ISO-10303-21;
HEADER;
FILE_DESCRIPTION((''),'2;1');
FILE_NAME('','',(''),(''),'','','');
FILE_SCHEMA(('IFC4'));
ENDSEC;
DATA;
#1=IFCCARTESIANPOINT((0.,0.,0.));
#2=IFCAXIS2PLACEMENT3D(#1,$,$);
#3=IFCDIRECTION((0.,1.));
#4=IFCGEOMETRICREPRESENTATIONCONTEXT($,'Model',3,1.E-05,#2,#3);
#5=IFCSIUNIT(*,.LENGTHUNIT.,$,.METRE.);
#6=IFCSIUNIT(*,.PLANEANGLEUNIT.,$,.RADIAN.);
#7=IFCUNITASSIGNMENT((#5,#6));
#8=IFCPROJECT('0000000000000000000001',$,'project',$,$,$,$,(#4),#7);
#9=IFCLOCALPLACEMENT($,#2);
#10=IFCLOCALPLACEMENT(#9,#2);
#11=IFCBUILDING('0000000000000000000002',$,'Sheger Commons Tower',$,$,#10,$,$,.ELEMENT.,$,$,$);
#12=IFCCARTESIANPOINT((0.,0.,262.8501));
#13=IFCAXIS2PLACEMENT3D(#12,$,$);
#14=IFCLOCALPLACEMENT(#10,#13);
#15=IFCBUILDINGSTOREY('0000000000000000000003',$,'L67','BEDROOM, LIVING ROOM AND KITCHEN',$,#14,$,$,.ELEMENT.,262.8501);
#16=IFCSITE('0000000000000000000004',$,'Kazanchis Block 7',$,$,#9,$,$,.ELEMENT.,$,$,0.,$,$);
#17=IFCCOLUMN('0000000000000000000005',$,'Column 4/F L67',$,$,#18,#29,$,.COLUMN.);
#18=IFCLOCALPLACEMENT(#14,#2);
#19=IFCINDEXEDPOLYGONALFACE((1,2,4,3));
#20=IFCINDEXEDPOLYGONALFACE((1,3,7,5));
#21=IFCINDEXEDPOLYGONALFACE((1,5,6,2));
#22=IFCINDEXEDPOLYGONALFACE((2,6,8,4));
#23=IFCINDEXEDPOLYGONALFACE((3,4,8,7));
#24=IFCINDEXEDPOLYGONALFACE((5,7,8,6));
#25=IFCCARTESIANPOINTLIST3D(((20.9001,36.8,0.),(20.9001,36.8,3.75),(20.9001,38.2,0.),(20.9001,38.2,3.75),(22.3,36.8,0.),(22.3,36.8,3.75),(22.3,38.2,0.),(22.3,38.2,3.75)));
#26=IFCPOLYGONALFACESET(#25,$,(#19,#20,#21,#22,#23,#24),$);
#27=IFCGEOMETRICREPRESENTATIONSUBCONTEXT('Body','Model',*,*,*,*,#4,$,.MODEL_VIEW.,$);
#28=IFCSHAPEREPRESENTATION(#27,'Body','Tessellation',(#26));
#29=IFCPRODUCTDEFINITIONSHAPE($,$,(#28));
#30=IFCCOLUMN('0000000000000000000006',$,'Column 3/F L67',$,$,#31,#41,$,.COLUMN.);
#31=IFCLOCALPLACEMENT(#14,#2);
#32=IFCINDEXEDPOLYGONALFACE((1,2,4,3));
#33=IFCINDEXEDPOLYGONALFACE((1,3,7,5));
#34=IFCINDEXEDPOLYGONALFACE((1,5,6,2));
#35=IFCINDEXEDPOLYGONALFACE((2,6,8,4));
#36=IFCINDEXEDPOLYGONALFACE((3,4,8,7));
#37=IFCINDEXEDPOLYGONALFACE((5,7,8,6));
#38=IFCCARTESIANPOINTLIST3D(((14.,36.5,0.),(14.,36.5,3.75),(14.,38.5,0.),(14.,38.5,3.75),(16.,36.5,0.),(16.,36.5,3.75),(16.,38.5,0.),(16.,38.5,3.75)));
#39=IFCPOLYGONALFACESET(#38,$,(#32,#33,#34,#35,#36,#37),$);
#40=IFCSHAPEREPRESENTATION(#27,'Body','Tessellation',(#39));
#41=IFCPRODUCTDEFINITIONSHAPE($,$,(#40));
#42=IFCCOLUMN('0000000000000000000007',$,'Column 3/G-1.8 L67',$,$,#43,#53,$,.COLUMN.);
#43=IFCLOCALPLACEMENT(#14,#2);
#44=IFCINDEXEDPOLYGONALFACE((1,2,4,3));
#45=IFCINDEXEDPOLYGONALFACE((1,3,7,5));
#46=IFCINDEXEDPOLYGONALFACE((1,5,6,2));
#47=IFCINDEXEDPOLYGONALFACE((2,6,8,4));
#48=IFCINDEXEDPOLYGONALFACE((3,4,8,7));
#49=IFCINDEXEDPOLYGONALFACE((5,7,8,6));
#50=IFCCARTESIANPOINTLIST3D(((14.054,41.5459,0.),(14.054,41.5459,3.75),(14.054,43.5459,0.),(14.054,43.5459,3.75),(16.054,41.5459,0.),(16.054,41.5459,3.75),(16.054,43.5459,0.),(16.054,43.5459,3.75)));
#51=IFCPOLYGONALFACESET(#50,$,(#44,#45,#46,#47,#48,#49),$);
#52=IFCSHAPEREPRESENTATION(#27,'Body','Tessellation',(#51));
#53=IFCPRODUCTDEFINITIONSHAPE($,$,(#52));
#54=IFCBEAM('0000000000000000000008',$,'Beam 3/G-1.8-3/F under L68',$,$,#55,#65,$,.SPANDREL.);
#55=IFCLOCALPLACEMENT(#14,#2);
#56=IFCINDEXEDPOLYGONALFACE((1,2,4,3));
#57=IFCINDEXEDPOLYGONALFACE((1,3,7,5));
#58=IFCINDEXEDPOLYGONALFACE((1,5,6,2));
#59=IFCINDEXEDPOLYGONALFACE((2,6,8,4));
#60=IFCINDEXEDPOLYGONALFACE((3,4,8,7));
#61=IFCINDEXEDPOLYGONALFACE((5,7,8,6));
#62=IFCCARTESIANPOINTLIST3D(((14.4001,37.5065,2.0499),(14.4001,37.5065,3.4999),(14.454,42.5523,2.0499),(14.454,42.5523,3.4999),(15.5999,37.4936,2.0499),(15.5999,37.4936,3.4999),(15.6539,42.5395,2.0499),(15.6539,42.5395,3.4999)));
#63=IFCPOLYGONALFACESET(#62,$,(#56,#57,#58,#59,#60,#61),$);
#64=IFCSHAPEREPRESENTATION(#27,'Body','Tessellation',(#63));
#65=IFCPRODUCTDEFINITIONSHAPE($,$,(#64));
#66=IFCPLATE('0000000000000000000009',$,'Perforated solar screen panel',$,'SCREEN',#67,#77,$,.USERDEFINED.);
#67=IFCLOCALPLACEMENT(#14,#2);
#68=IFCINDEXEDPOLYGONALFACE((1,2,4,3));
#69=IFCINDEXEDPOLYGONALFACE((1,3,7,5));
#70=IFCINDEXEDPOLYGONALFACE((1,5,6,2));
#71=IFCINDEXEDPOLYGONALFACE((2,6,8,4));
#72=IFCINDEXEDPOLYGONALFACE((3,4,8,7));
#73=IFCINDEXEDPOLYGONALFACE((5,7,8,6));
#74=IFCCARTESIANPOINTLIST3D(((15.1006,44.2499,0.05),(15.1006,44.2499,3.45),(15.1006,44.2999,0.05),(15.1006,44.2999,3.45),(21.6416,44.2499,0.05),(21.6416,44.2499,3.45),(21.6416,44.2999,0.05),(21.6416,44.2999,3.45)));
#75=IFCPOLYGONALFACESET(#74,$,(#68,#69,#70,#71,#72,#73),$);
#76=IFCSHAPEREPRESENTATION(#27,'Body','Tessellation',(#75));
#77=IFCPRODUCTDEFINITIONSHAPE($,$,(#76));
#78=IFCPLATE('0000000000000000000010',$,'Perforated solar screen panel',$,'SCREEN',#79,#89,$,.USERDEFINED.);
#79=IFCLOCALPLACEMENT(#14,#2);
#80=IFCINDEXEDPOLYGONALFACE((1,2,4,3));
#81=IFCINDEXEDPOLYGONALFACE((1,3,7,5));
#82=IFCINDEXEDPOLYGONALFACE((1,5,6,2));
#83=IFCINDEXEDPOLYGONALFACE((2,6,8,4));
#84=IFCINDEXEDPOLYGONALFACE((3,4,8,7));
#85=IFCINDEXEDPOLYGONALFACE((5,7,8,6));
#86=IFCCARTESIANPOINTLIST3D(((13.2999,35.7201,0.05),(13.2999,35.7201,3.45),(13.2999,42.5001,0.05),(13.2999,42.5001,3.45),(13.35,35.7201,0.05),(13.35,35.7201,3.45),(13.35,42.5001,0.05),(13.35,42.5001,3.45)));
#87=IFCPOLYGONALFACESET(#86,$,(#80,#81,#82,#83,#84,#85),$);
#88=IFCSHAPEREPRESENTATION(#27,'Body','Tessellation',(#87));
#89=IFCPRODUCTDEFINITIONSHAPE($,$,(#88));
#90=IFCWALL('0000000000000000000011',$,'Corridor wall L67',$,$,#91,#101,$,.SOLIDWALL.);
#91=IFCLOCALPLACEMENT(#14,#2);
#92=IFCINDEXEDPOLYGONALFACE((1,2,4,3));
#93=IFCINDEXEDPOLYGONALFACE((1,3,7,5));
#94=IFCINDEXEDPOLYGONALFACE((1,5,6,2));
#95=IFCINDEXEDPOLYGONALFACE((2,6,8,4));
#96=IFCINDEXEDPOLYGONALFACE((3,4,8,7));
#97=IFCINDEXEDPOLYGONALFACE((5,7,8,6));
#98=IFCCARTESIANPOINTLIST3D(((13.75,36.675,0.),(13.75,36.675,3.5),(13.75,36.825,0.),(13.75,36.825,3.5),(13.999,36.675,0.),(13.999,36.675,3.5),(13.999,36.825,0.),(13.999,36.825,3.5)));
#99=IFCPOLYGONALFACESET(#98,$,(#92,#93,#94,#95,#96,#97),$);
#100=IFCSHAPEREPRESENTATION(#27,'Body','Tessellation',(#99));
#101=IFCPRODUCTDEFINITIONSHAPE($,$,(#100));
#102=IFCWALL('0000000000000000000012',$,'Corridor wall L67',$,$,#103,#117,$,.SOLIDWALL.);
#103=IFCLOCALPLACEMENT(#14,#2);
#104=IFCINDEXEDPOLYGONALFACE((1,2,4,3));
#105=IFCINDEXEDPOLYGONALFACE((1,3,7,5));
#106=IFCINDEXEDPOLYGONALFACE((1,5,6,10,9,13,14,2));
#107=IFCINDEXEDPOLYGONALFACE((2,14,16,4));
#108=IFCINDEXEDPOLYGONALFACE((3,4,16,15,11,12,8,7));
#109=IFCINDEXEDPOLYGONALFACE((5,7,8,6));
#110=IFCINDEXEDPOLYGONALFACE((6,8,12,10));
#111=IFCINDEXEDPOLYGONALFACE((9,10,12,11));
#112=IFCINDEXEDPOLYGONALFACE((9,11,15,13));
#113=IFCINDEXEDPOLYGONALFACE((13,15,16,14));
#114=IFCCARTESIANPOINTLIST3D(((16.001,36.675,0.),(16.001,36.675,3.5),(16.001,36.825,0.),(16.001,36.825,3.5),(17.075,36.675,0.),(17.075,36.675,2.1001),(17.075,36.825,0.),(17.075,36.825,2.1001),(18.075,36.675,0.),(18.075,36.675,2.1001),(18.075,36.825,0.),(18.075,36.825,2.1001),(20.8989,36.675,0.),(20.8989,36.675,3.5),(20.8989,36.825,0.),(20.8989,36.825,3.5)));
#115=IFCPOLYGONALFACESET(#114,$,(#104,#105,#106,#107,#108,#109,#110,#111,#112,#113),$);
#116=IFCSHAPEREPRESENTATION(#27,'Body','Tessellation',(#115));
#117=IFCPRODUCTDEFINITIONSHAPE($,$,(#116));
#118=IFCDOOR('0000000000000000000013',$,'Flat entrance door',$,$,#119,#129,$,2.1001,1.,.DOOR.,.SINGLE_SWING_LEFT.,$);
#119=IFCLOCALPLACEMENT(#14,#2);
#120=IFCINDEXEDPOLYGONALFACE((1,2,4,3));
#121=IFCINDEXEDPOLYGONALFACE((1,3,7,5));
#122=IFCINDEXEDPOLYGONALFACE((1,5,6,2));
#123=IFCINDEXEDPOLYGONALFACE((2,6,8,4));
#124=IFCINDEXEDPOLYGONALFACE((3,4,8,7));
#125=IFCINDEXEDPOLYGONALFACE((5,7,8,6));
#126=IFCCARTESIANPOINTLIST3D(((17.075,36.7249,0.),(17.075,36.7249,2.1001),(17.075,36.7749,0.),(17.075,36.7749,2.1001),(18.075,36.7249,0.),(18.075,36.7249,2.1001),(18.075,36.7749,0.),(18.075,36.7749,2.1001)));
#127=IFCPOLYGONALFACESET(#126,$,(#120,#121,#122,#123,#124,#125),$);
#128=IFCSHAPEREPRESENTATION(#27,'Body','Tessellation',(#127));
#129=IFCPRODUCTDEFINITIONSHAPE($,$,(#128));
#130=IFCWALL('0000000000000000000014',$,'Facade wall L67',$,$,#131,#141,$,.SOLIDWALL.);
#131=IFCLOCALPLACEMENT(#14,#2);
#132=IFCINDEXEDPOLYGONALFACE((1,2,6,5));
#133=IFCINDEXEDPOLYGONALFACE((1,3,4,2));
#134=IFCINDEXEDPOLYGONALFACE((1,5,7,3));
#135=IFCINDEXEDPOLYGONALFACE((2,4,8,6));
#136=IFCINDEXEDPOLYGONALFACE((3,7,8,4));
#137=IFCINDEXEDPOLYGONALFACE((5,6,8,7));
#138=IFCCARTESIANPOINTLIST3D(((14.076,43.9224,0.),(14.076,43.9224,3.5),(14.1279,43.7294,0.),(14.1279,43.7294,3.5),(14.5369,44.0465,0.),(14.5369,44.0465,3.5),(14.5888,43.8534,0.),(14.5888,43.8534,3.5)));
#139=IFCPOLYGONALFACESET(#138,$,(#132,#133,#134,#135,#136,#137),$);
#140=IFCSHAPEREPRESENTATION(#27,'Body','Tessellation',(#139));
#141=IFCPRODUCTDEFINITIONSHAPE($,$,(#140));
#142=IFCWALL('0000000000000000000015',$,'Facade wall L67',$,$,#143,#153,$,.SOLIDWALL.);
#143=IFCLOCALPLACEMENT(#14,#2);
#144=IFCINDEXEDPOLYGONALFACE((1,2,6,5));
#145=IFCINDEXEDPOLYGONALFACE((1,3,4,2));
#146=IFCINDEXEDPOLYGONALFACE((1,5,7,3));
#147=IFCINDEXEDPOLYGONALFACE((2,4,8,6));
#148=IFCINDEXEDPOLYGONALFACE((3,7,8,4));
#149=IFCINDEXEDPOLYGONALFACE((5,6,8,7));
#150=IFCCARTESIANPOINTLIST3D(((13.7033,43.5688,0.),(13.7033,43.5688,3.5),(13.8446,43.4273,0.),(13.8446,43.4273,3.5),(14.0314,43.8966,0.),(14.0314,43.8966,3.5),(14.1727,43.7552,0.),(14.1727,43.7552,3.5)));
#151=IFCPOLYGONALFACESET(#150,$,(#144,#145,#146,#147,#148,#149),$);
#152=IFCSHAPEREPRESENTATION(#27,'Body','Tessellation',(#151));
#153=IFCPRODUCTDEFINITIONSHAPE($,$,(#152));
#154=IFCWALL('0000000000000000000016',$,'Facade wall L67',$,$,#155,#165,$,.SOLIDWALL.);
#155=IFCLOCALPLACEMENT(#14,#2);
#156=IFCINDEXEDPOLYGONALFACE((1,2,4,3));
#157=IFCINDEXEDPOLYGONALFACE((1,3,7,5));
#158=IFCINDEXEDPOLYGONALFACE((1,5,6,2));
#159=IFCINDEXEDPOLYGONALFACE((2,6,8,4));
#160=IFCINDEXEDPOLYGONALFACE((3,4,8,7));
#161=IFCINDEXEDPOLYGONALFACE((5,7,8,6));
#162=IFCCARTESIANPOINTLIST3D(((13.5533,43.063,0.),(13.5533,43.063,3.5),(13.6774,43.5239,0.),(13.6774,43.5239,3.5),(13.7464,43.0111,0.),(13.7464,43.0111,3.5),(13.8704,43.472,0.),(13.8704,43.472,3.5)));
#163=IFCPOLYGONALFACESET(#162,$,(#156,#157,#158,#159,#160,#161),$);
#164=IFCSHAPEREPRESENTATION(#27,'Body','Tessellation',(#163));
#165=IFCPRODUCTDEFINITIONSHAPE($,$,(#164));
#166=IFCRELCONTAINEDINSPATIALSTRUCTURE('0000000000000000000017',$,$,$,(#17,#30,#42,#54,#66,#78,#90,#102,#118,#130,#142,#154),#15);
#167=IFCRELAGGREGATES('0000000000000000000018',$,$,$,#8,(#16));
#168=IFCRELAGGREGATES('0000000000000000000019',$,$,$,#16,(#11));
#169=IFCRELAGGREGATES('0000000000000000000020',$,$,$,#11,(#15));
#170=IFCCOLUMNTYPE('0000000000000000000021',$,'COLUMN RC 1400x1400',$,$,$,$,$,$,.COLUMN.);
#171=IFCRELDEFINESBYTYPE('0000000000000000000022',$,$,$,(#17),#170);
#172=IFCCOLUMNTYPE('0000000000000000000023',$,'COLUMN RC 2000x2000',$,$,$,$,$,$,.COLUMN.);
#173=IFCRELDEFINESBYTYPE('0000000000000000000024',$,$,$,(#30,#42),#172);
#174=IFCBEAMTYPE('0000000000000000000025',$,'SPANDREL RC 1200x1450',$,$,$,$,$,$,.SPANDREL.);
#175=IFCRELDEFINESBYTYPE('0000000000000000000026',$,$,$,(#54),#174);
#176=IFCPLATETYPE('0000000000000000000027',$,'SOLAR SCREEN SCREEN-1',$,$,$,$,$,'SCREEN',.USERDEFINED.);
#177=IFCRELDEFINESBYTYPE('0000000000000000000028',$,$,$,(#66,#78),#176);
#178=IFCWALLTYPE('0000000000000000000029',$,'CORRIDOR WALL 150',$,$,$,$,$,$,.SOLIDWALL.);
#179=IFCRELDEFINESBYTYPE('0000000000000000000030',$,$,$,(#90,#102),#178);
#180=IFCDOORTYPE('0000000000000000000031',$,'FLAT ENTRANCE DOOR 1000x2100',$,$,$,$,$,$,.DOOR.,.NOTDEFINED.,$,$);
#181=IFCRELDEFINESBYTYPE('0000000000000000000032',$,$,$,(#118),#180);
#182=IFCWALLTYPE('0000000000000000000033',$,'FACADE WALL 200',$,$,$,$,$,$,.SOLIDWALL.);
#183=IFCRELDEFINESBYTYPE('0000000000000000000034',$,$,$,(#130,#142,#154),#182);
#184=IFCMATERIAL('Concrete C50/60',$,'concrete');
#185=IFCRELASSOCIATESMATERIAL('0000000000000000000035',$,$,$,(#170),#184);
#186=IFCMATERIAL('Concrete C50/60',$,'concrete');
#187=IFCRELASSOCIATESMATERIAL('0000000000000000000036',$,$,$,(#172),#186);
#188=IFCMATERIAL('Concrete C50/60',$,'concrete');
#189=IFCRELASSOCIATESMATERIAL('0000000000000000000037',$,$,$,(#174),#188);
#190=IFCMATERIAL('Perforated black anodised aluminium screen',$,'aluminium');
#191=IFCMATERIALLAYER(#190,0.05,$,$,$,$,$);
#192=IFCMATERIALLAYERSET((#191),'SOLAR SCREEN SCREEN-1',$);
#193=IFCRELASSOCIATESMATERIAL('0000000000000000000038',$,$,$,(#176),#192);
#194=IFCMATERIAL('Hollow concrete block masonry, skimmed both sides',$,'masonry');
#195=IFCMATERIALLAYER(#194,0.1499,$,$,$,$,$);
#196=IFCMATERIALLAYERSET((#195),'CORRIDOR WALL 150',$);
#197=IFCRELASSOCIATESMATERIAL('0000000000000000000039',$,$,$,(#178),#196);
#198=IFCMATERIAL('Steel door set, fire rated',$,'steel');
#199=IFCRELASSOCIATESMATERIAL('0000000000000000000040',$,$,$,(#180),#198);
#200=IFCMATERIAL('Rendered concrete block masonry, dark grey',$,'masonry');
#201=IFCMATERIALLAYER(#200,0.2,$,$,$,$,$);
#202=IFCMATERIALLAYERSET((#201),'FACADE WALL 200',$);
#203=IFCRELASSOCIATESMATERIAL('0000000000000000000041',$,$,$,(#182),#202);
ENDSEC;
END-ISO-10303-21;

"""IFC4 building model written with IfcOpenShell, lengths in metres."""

from ifc_helpers import new_model, si_unit, direction, frame, frame_2d, origin, origin_2d, place, context, subcontext, project, spatial, rectangle, extrude, material, layer, layer_set, material_profile, profile_set, type_object, element, fill, save


model = new_model("IFC4")

# Units and contexts
model_context = context("Model", 3, precision=1e-05, world=origin(), true_north=direction((0.0, 1.0)))
body_context = subcontext(model_context, "Body", "Model", "MODEL_VIEW")
ifc_project = project(units=[si_unit("LENGTHUNIT", "METRE"), si_unit("PLANEANGLEUNIT", "RADIAN")], contexts=[model_context])

# Site, building, storey
site_placement = place(None, origin())
site = spatial("IfcSite", under=ifc_project, at=site_placement, Name="Kazanchis Block 7", CompositionType="ELEMENT", RefElevation=0.0)
building_placement = place(site_placement, origin())
building = spatial("IfcBuilding", under=site, at=building_placement, Name="Sheger Commons Tower", CompositionType="ELEMENT")
storey_placement = place(building_placement, frame((0.0, 0.0, 262.8501)))
storey = spatial("IfcBuildingStorey", under=building, at=storey_placement, Name="L67", Description="BEDROOM, LIVING ROOM AND KITCHEN", CompositionType="ELEMENT", Elevation=262.8501)

# Columns
ifc_material_1 = material(Name="Concrete C50/60", Category="concrete")
ifc_material_profile_1 = material_profile(ifc_material_1, rectangle(XDim=1.3999, YDim=1.3999, at=origin_2d()), Name="RC 1400x1400")
ifc_profile_set_1 = profile_set([ifc_material_profile_1], Name="Concrete C50/60")
column_type_1 = type_object("IfcColumnType", Name="COLUMN RC 1400x1400", PredefinedType="COLUMN", material=ifc_profile_set_1)
column_placement = place(storey_placement, frame((21.6001, 37.5, 0.0), z_axis=(0.0, 0.0, 1.0), x_axis=(1.0, 0.0, 0.0)))
element("IfcColumn", 1, at=column_placement, inside=storey, type_object=column_type_1, Name="Column 4/F L67", PredefinedType="COLUMN", context=body_context, shape_type="SweptSolid", body=[
    extrude(rectangle(XDim=1.3999, YDim=1.3999, at=origin_2d()), origin(), (0.0, 0.0, 1.0), 3.75),
])
ifc_material_2 = material(Name="Concrete C50/60", Category="concrete")
ifc_material_profile_2 = material_profile(ifc_material_2, rectangle(XDim=2.0, YDim=2.0, at=origin_2d()), Name="RC 2000x2000")
ifc_profile_set_2 = profile_set([ifc_material_profile_2], Name="Concrete C50/60")
column_type_2 = type_object("IfcColumnType", Name="COLUMN RC 2000x2000", PredefinedType="COLUMN", material=ifc_profile_set_2)
for number, where, z_axis, x_axis, name in (
    (2, (15.0, 37.5, 0.0), (0.0, 0.0, 1.0), (1.0, 0.0, 0.0), "Column 3/F L67"),
    (3, (15.054, 42.5459, 0.0), (0.0, 0.0, 1.0), (1.0, 0.0, 0.0), "Column 3/G-1.8 L67"),
):
    element("IfcColumn", number, at=place(storey_placement, frame(where, z_axis=z_axis, x_axis=x_axis)), inside=storey, type_object=column_type_2, Name=name, PredefinedType="COLUMN", context=body_context, shape_type="SweptSolid", body=[
        extrude(rectangle(XDim=2.0, YDim=2.0, at=origin_2d()), origin(), (0.0, 0.0, 1.0), 3.75),
    ])

# Beam
ifc_material_3 = material(Name="Concrete C50/60", Category="concrete")
ifc_material_profile_3 = material_profile(ifc_material_3, rectangle(XDim=1.2, YDim=1.45, at=origin_2d()), Name="RC 1200x1450")
ifc_profile_set_3 = profile_set([ifc_material_profile_3], Name="Concrete C50/60")
beam_type = type_object("IfcBeamType", Name="SPANDREL RC 1200x1450", PredefinedType="SPANDREL", material=ifc_profile_set_3)
beam_placement = place(storey_placement, frame((15.054, 42.5459, 2.7749), z_axis=(-0.010692, -0.999943, 0.0), x_axis=(0.999943, -0.010692, 0.0)))
element("IfcBeam", 4, at=beam_placement, inside=storey, type_object=beam_type, Name="Beam 3/G-1.8-3/F under L68", PredefinedType="SPANDREL", context=body_context, shape_type="SweptSolid", body=[
    extrude(rectangle(XDim=1.2, YDim=1.45, at=origin_2d()), origin(), (0.0, 0.0, 1.0), 5.0461),
])

# Plates
ifc_material_4 = material(Name="Perforated black anodised aluminium screen", Category="aluminium")
ifc_layer_1 = layer(ifc_material_4, 0.05)
ifc_layer_set_1 = layer_set([ifc_layer_1], Name="SOLAR SCREEN SCREEN-1")
plate_type = type_object("IfcPlateType", Name="SOLAR SCREEN SCREEN-1", ElementType="SCREEN", PredefinedType="USERDEFINED", material=ifc_layer_set_1)
plate_1_placement = place(storey_placement, frame((18.3711, 44.2749, 0.05), z_axis=(0.0, 0.0, 1.0), x_axis=(-1.0, 0.0, 0.0)))
element("IfcPlate", 5, at=plate_1_placement, inside=storey, type_object=plate_type, Name="Perforated solar screen panel", ObjectType="SCREEN", PredefinedType="USERDEFINED", context=body_context, shape_type="SweptSolid", body=[
    extrude(rectangle(XDim=6.541, YDim=0.05, at=origin_2d()), origin(), (0.0, 0.0, 1.0), 3.3999),
])
plate_2_placement = place(storey_placement, frame((13.325, 39.1101, 0.05), z_axis=(0.0, 0.0, 1.0), x_axis=(0.0, -1.0, 0.0)))
element("IfcPlate", 6, at=plate_2_placement, inside=storey, type_object=plate_type, Name="Perforated solar screen panel", ObjectType="SCREEN", PredefinedType="USERDEFINED", context=body_context, shape_type="SweptSolid", body=[
    extrude(rectangle(XDim=6.78, YDim=0.05, at=origin_2d()), origin(), (0.0, 0.0, 1.0), 3.3999),
])

# Wall
ifc_material_5 = material(Name="Hollow concrete block masonry, skimmed both sides", Category="masonry")
ifc_layer_2 = layer(ifc_material_5, 0.1499)
ifc_layer_set_2 = layer_set([ifc_layer_2], Name="CORRIDOR WALL 150")
wall_type_1 = type_object("IfcWallType", Name="CORRIDOR WALL 150", PredefinedType="SOLIDWALL", material=ifc_layer_set_2)
wall_1_placement = place(storey_placement, frame((13.75, 36.75, 0.0), z_axis=(0.0, 0.0, 1.0), x_axis=(1.0, 0.0, 0.0)))
element("IfcWall", 7, at=wall_1_placement, inside=storey, type_object=wall_type_1, Name="Corridor wall L67", PredefinedType="SOLIDWALL", context=body_context, shape_type="SweptSolid", body=[
    extrude(rectangle(XDim=0.249, YDim=0.1499, at=frame_2d((0.1245, 0.0))), origin(), (0.0, 0.0, 1.0), 3.5),
])

# Wall, opening, door
wall_2_placement = place(storey_placement, frame((16.001, 36.75, 0.0), z_axis=(0.0, 0.0, 1.0), x_axis=(1.0, 0.0, 0.0)))
wall_2 = element("IfcWall", 8, at=wall_2_placement, inside=storey, type_object=wall_type_1, Name="Corridor wall L67", PredefinedType="SOLIDWALL", context=body_context, shape_type="SweptSolid", body=[
    extrude(rectangle(XDim=4.8979, YDim=0.1499, at=frame_2d((2.449, 0.0))), origin(), (0.0, 0.0, 1.0), 3.5),
])
opening_1_placement = place(wall_2_placement, frame((1.074, 0.0, 0.0)))
opening_1 = element("IfcOpeningElement", 9, at=opening_1_placement, cuts=wall_2, PredefinedType="OPENING", context=body_context, shape_type="SweptSolid", body=[
    extrude(rectangle(XDim=1.0, YDim=2.1001, at=frame_2d((0.5, 1.05))), frame((0.0, 0.085, 0.0), z_axis=(0.0, -1.0, 0.0), x_axis=(1.0, 0.0, 0.0)), (0.0, 0.0, 1.0), 0.1699),
])
ifc_material_6 = material(Name="Steel door set, fire rated", Category="steel")
door_type_1 = type_object("IfcDoorType", Name="FLAT ENTRANCE DOOR 1000x2100", OperationType="NOTDEFINED", PredefinedType="DOOR", material=ifc_material_6)
door_1_placement = place(opening_1_placement, origin())
door_1 = element("IfcDoor", 10, at=door_1_placement, inside=storey, type_object=door_type_1, Name="Flat entrance door", OperationType="SINGLE_SWING_LEFT", OverallHeight=2.1001, OverallWidth=1.0, PredefinedType="DOOR", context=body_context, shape_type="SweptSolid", body=[
    extrude(rectangle(XDim=1.0, YDim=2.1001, at=frame_2d((0.5, 1.05))), frame((0.0, 0.0249, 0.0), z_axis=(0.0, -1.0, 0.0), x_axis=(1.0, 0.0, 0.0)), (0.0, 0.0, 1.0), 0.05),
])
fill(opening_1, door_1)

# Walls
ifc_material_7 = material(Name="Rendered concrete block masonry, dark grey", Category="masonry")
ifc_layer_3 = layer(ifc_material_7, 0.2)
ifc_layer_set_3 = layer_set([ifc_layer_3], Name="FACADE WALL 200")
wall_type_2 = type_object("IfcWallType", Name="FACADE WALL 200", PredefinedType="SOLIDWALL", material=ifc_layer_set_3)
wall_3_placement = place(storey_placement, frame((14.563, 43.95, 0.0), z_axis=(0.0, 0.0, 1.0), x_axis=(-0.965655, -0.259827, 0.0)))
element("IfcWall", 11, at=wall_3_placement, inside=storey, type_object=wall_type_2, Name="Facade wall L67", PredefinedType="SOLIDWALL", context=body_context, shape_type="SweptSolid", body=[
    extrude(rectangle(XDim=0.4773, YDim=0.2, at=frame_2d((0.2388, 0.0))), origin(), (0.0, 0.0, 1.0), 3.5),
])
wall_4_placement = place(storey_placement, frame((14.1021, 43.8259, 0.0), z_axis=(0.0, 0.0, 1.0), x_axis=(-0.70737, -0.706844, 0.0)))
element("IfcWall", 12, at=wall_4_placement, inside=storey, type_object=wall_type_2, Name="Facade wall L67", PredefinedType="SOLIDWALL", context=body_context, shape_type="SweptSolid", body=[
    extrude(rectangle(XDim=0.4639, YDim=0.2, at=frame_2d((0.2319, 0.0))), origin(), (0.0, 0.0, 1.0), 3.5),
])
wall_5_placement = place(storey_placement, frame((13.7739, 43.498, 0.0), z_axis=(0.0, 0.0, 1.0), x_axis=(-0.259827, -0.965655, 0.0)))
element("IfcWall", 13, at=wall_5_placement, inside=storey, type_object=wall_type_2, Name="Facade wall L67", PredefinedType="SOLIDWALL", context=body_context, shape_type="SweptSolid", body=[
    extrude(rectangle(XDim=0.4773, YDim=0.2, at=frame_2d((0.2388, 0.0))), origin(), (0.0, 0.0, 1.0), 3.5),
])

save(model, "model.ifc")
